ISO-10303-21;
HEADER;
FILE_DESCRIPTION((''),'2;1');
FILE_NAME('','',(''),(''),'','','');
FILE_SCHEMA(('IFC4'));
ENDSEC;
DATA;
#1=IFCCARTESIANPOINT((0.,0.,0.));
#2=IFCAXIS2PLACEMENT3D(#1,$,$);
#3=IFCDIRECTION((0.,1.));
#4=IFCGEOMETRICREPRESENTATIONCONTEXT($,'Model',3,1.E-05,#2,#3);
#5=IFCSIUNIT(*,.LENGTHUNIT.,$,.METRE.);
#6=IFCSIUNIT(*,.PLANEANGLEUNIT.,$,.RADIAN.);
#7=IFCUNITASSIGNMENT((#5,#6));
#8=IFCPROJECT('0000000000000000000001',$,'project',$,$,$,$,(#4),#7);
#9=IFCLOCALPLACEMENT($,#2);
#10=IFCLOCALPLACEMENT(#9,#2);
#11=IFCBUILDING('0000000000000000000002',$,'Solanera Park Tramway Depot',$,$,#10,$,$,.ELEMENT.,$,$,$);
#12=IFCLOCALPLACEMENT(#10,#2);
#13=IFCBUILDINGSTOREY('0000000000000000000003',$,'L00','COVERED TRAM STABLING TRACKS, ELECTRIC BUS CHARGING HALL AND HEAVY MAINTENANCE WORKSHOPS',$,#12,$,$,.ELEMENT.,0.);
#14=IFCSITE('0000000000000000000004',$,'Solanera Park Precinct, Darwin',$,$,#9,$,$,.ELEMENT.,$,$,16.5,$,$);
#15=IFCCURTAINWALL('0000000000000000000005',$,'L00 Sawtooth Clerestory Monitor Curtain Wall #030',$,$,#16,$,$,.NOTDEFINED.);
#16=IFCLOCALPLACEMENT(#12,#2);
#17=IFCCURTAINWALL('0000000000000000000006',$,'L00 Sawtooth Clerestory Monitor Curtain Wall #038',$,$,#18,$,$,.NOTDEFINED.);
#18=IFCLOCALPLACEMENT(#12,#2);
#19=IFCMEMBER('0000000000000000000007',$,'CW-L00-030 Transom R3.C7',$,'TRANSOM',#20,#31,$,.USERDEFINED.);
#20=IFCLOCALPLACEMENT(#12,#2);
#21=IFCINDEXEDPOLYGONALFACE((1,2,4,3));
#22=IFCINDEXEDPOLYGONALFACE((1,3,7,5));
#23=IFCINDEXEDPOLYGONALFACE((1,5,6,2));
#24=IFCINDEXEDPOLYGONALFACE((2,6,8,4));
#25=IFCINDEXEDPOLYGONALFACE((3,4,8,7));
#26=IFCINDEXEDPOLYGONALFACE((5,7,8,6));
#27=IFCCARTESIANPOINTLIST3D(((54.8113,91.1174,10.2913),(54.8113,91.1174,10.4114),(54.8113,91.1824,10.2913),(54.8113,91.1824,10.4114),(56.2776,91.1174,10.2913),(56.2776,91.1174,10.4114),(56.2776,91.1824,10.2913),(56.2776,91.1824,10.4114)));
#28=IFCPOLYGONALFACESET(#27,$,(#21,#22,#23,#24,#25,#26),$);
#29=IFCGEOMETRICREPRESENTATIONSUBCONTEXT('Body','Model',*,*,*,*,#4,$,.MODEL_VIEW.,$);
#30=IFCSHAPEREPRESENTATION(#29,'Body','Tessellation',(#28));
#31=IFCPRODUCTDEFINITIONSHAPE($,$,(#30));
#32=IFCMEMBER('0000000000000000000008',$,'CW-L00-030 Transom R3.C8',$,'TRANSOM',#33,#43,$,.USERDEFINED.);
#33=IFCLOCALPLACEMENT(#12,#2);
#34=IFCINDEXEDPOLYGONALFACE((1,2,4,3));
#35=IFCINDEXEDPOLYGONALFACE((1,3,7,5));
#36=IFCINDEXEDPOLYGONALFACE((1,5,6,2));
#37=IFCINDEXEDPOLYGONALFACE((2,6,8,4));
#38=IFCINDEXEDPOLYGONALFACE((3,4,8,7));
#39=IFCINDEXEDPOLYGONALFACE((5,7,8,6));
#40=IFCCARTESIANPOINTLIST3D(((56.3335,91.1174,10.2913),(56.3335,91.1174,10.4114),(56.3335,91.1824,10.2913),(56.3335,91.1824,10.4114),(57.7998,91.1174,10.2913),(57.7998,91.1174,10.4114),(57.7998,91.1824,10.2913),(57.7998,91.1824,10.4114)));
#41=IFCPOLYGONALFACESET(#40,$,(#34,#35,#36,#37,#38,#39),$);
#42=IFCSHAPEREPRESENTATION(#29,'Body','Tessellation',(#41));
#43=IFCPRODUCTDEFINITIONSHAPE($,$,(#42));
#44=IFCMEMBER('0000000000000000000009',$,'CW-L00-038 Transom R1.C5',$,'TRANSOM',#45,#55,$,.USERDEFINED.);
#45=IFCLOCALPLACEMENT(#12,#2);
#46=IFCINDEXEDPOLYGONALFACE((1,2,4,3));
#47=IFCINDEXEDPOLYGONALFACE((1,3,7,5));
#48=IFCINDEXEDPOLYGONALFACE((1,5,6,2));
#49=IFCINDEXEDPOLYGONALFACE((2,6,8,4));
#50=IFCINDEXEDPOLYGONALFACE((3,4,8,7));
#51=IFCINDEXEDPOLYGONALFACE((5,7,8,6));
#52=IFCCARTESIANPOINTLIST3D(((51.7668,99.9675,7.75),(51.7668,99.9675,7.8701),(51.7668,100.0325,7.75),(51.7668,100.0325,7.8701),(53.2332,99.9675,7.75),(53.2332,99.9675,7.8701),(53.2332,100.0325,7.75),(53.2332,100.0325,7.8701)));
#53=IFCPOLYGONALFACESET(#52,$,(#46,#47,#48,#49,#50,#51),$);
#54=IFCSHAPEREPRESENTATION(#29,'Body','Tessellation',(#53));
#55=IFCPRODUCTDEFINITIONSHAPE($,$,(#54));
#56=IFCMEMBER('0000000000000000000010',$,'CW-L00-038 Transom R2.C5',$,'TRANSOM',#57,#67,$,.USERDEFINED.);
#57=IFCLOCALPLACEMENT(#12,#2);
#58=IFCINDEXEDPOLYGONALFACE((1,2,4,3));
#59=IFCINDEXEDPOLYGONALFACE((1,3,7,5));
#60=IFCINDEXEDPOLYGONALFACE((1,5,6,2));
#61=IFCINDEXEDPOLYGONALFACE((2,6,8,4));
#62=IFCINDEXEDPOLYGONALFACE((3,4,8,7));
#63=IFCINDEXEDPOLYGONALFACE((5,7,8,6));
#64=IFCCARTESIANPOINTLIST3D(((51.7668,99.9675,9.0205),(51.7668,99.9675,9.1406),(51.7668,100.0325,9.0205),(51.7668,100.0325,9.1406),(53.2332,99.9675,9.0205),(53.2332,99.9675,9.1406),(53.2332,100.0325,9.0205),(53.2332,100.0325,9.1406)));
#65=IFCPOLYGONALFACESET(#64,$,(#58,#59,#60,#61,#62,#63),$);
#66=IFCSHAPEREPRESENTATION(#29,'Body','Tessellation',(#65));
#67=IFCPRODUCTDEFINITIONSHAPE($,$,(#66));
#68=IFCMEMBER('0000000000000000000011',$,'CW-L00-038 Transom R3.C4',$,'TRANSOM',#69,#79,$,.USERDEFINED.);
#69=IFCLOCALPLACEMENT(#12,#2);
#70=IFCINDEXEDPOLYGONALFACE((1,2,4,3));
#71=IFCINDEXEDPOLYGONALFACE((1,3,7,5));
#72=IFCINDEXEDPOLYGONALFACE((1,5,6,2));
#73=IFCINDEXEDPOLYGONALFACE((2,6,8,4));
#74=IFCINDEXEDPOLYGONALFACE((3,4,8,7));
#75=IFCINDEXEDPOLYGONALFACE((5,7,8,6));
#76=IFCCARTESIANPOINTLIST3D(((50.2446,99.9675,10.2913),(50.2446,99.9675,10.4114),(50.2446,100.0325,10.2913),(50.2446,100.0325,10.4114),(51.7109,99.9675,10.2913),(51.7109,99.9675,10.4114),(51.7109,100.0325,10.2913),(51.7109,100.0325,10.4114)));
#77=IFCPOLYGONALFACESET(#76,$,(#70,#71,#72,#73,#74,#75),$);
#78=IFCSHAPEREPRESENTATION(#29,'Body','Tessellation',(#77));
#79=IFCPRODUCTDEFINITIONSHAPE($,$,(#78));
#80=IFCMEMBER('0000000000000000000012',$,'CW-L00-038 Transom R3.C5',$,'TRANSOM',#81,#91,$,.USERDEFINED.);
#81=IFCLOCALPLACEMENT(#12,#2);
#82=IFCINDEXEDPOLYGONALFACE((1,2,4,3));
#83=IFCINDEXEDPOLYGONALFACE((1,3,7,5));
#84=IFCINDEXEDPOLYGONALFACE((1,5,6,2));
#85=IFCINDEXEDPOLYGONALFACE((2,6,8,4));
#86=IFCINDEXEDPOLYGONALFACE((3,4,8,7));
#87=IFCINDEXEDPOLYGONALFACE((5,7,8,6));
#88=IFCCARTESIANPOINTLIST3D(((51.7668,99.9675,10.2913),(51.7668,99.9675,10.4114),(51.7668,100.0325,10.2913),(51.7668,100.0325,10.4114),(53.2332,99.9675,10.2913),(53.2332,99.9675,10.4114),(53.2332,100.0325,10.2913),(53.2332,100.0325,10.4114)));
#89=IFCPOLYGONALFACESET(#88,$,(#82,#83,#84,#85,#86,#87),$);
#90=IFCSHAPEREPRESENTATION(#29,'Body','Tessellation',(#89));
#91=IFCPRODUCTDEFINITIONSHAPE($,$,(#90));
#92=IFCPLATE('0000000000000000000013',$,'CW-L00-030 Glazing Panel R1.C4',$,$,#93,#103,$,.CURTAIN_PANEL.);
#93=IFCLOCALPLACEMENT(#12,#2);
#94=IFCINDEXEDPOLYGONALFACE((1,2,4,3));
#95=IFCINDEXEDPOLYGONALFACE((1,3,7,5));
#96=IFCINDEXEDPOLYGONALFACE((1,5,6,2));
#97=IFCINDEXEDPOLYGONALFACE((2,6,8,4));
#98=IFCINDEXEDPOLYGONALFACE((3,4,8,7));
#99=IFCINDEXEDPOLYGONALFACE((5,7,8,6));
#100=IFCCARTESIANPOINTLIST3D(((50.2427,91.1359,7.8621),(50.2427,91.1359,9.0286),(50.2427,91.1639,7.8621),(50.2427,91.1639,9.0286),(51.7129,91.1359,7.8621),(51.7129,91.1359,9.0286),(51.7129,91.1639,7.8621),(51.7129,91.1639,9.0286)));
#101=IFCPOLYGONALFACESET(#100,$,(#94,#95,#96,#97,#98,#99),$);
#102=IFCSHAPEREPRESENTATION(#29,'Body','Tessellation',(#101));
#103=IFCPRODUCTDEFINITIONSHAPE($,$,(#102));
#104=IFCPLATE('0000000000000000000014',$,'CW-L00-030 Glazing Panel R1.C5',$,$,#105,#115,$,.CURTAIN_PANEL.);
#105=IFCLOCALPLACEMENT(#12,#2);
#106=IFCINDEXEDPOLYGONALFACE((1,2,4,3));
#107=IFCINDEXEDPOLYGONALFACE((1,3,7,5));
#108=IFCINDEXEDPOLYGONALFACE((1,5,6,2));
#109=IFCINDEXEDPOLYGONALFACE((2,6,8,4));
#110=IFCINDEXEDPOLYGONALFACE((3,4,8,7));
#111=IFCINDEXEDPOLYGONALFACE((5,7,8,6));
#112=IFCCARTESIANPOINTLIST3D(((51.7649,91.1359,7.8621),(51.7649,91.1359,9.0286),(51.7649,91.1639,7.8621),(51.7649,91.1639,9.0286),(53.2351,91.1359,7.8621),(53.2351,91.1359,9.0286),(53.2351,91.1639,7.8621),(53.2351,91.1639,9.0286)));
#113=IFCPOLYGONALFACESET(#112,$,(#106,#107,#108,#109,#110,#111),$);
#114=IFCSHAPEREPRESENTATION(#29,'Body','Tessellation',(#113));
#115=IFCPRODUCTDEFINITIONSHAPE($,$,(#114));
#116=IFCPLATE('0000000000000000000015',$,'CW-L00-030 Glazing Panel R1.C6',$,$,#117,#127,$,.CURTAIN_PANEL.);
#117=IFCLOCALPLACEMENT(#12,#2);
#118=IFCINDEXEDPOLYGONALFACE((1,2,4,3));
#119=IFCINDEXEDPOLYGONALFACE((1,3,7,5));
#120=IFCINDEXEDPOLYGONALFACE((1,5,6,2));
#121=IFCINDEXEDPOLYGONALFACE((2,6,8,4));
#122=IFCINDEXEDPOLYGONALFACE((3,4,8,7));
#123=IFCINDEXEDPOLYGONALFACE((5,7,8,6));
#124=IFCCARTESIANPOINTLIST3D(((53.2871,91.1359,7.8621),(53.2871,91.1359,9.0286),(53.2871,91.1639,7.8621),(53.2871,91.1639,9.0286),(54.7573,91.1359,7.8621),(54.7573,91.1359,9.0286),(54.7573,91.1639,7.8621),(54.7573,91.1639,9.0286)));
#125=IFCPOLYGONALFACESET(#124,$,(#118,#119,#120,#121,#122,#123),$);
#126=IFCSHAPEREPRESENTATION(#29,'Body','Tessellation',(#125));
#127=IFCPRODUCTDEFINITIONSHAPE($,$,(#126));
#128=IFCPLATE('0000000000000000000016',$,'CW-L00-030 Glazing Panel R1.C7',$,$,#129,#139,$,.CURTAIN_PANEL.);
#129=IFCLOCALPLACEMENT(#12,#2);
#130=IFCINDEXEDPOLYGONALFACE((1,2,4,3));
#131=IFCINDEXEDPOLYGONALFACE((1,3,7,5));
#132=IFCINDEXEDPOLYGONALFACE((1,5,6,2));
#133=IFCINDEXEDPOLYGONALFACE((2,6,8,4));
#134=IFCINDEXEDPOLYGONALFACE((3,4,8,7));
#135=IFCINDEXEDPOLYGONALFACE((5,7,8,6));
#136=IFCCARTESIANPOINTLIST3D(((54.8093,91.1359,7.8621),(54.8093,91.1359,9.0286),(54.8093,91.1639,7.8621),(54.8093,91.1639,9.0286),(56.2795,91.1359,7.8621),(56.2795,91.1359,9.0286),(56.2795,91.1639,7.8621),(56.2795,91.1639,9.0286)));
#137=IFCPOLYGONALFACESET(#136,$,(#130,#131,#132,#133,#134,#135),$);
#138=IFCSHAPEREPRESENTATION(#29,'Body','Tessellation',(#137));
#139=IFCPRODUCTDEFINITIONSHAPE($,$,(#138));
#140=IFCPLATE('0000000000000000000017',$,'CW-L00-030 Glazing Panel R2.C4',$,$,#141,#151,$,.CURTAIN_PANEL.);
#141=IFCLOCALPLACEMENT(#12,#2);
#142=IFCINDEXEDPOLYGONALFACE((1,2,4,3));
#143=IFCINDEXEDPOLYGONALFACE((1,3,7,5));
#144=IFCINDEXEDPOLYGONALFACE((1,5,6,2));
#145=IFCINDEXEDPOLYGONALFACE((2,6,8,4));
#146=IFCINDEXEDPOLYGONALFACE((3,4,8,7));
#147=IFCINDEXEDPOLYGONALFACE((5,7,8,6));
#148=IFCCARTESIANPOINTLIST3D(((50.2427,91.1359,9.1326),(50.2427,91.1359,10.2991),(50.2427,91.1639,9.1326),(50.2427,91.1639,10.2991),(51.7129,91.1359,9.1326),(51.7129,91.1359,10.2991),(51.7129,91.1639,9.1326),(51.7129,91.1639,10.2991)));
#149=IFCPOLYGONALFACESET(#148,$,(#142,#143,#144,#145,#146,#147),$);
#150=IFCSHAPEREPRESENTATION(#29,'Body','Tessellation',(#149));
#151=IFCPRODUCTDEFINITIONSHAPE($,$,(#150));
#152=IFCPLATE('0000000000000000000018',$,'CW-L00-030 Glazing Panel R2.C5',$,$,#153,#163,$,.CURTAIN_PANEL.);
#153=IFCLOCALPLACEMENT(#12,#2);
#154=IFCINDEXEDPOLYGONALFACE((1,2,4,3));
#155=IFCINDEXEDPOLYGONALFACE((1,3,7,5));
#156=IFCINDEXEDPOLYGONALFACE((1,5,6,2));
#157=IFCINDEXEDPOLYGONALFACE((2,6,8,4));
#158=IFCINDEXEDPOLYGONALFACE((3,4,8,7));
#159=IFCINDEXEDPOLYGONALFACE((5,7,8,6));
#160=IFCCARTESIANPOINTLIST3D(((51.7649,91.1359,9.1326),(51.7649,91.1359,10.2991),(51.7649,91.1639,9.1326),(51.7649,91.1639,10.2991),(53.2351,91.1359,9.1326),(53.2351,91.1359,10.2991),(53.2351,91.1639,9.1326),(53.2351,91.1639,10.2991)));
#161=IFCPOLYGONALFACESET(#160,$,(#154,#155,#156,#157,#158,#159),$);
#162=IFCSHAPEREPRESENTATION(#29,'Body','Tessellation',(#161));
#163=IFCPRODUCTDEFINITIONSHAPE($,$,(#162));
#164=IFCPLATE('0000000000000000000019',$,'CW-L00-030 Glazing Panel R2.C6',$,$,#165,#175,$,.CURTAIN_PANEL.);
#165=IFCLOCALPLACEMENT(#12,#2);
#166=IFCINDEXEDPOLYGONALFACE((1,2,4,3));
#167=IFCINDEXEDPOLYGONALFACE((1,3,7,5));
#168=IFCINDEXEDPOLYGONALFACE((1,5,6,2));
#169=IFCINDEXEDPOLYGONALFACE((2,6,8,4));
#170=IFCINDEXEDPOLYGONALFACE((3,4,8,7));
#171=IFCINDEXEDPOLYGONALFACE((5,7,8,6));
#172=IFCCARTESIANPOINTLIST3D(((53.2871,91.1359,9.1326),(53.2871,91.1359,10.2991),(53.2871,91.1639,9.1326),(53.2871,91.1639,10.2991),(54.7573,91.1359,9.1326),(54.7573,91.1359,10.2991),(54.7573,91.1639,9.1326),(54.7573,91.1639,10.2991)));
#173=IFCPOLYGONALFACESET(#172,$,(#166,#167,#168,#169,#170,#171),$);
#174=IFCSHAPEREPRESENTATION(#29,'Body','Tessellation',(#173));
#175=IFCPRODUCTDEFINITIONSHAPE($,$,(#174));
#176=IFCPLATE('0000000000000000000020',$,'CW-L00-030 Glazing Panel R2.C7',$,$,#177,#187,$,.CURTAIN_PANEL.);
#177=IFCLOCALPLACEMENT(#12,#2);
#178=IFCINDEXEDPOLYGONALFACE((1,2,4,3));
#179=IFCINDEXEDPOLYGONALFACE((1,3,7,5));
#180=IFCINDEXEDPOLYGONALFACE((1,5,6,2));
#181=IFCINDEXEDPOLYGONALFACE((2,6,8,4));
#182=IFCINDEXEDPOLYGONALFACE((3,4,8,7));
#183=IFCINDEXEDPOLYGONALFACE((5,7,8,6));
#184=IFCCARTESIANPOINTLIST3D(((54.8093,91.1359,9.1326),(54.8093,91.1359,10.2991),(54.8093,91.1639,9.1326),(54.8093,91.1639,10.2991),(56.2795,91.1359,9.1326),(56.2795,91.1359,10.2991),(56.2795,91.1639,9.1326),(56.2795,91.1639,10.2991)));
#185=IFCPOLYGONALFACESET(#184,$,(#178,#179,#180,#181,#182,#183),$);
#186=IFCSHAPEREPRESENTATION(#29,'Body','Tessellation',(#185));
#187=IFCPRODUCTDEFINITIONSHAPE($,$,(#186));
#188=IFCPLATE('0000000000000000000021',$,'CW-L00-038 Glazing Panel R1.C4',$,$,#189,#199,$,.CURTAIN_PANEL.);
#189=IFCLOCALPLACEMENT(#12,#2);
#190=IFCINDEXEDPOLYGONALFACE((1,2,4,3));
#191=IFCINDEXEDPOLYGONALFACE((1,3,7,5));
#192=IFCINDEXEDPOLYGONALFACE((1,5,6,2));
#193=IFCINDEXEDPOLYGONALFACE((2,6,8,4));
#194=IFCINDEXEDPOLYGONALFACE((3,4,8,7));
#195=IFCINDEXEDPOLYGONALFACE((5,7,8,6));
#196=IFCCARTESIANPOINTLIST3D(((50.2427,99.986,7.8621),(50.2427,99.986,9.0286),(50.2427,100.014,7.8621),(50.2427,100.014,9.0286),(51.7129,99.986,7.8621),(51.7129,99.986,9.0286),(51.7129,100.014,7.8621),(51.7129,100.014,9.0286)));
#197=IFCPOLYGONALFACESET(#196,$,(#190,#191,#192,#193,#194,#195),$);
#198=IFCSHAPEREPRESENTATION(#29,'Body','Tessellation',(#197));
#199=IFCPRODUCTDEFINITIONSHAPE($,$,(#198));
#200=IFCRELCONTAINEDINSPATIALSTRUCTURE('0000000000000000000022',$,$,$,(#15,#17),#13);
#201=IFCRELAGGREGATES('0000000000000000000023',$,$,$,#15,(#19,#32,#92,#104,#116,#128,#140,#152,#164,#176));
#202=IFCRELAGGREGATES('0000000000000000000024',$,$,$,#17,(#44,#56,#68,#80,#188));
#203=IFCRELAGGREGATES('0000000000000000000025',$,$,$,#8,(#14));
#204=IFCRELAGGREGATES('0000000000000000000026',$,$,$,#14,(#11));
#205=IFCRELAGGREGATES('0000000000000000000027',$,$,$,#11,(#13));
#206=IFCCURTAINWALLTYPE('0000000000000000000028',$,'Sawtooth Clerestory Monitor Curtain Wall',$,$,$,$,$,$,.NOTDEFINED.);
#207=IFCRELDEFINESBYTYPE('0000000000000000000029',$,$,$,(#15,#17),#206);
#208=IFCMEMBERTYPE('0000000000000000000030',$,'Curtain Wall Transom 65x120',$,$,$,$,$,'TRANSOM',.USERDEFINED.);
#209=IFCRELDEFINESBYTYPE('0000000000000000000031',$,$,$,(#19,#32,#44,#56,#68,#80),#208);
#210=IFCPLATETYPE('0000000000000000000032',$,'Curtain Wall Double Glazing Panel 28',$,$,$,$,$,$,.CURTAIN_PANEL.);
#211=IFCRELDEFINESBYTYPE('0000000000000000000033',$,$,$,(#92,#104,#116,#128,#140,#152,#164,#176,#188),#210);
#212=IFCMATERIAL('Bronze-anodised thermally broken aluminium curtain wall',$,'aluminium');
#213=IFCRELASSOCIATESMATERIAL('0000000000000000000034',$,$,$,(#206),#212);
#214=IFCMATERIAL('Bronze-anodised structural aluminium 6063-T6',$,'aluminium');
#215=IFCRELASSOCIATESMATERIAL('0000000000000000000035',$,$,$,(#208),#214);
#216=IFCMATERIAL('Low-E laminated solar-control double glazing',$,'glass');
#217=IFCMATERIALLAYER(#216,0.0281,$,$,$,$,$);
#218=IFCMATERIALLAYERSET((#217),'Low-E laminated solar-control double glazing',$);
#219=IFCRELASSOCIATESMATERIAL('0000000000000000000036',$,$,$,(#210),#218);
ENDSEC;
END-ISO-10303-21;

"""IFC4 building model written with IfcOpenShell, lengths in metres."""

from ifc_helpers import new_model, si_unit, direction, frame, origin, origin_2d, place, context, subcontext, project, spatial, rectangle, extrude, material, layer, layer_set, material_profile, profile_set, type_object, element, aggregate, save


model = new_model("IFC4")

# Units and contexts
model_context = context("Model", 3, precision=1e-05, world=origin(), true_north=direction((0.0, 1.0)))
body_context = subcontext(model_context, "Body", "Model", "MODEL_VIEW")
ifc_project = project(units=[si_unit("LENGTHUNIT", "METRE"), si_unit("PLANEANGLEUNIT", "RADIAN")], contexts=[model_context])

# Site, building, storey
site_placement = place(None, origin())
site = spatial("IfcSite", under=ifc_project, at=site_placement, Name="Solanera Park Precinct, Darwin", CompositionType="ELEMENT", RefElevation=16.5)
building_placement = place(site_placement, origin())
building = spatial("IfcBuilding", under=site, at=building_placement, Name="Solanera Park Tramway Depot", CompositionType="ELEMENT")
storey_placement = place(building_placement, origin())
storey = spatial("IfcBuildingStorey", under=building, at=storey_placement, Name="L00", Description="COVERED TRAM STABLING TRACKS, ELECTRIC BUS CHARGING HALL AND HEAVY MAINTENANCE WORKSHOPS", CompositionType="ELEMENT", Elevation=0.0)

# Curtain wall
ifc_material_1 = material(Name="Bronze-anodised thermally broken aluminium curtain wall", Category="aluminium")
curtain_wall_type = type_object("IfcCurtainWallType", Name="Sawtooth Clerestory Monitor Curtain Wall", PredefinedType="NOTDEFINED", material=ifc_material_1)
curtain_wall_1_placement = place(storey_placement, origin())
curtain_wall_1 = element("IfcCurtainWall", 1, at=curtain_wall_1_placement, inside=storey, type_object=curtain_wall_type, Name="L00 Sawtooth Clerestory Monitor Curtain Wall #030", PredefinedType="NOTDEFINED")

# Curtain wall
curtain_wall_2_placement = place(storey_placement, origin())
curtain_wall_2 = element("IfcCurtainWall", 2, at=curtain_wall_2_placement, inside=storey, type_object=curtain_wall_type, Name="L00 Sawtooth Clerestory Monitor Curtain Wall #038", PredefinedType="NOTDEFINED")

# Members
ifc_material_2 = material(Name="Bronze-anodised structural aluminium 6063-T6", Category="aluminium")
ifc_material_profile_1 = material_profile(ifc_material_2, rectangle(XDim=0.0649, YDim=0.1201, at=origin_2d()), Name="Curtain Wall Transom 65x120")
ifc_profile_set_1 = profile_set([ifc_material_profile_1], Name="Bronze-anodised structural aluminium 6063-T6")
member_type_1 = type_object("IfcMemberType", Name="Curtain Wall Transom 65x120", ElementType="TRANSOM", PredefinedType="USERDEFINED", material=ifc_profile_set_1)
member_1_placement = place(storey_placement, frame((54.8113, 91.1499, 10.3513), z_axis=(1.0, 0.0, 0.0), x_axis=(0.0, 1.0, 0.0)))
member_1 = element("IfcMember", 3, at=member_1_placement, type_object=member_type_1, Name="CW-L00-030 Transom R3.C7", ObjectType="TRANSOM", PredefinedType="USERDEFINED", context=body_context, shape_type="SweptSolid", body=[
    extrude(rectangle(XDim=0.0649, YDim=0.1201, at=origin_2d()), origin(), (0.0, 0.0, 1.0), 1.4663),
])
member_2_placement = place(storey_placement, frame((56.3335, 91.1499, 10.3513), z_axis=(1.0, 0.0, 0.0), x_axis=(0.0, 1.0, 0.0)))
member_2 = element("IfcMember", 4, at=member_2_placement, type_object=member_type_1, Name="CW-L00-030 Transom R3.C8", ObjectType="TRANSOM", PredefinedType="USERDEFINED", context=body_context, shape_type="SweptSolid", body=[
    extrude(rectangle(XDim=0.0649, YDim=0.1201, at=origin_2d()), origin(), (0.0, 0.0, 1.0), 1.4663),
])
member_3_placement = place(storey_placement, frame((51.7668, 100.0, 7.8101), z_axis=(1.0, 0.0, 0.0), x_axis=(0.0, 1.0, 0.0)))
member_3 = element("IfcMember", 5, at=member_3_placement, type_object=member_type_1, Name="CW-L00-038 Transom R1.C5", ObjectType="TRANSOM", PredefinedType="USERDEFINED", context=body_context, shape_type="SweptSolid", body=[
    extrude(rectangle(XDim=0.0649, YDim=0.1201, at=origin_2d()), origin(), (0.0, 0.0, 1.0), 1.4663),
])
member_4_placement = place(storey_placement, frame((51.7668, 100.0, 9.0806), z_axis=(1.0, 0.0, 0.0), x_axis=(0.0, 1.0, 0.0)))
member_4 = element("IfcMember", 6, at=member_4_placement, type_object=member_type_1, Name="CW-L00-038 Transom R2.C5", ObjectType="TRANSOM", PredefinedType="USERDEFINED", context=body_context, shape_type="SweptSolid", body=[
    extrude(rectangle(XDim=0.0649, YDim=0.1201, at=origin_2d()), origin(), (0.0, 0.0, 1.0), 1.4663),
])
member_5_placement = place(storey_placement, frame((50.2446, 100.0, 10.3513), z_axis=(1.0, 0.0, 0.0), x_axis=(0.0, 1.0, 0.0)))
member_5 = element("IfcMember", 7, at=member_5_placement, type_object=member_type_1, Name="CW-L00-038 Transom R3.C4", ObjectType="TRANSOM", PredefinedType="USERDEFINED", context=body_context, shape_type="SweptSolid", body=[
    extrude(rectangle(XDim=0.0649, YDim=0.1201, at=origin_2d()), origin(), (0.0, 0.0, 1.0), 1.4663),
])
member_6_placement = place(storey_placement, frame((51.7668, 100.0, 10.3513), z_axis=(1.0, 0.0, 0.0), x_axis=(0.0, 1.0, 0.0)))
member_6 = element("IfcMember", 8, at=member_6_placement, type_object=member_type_1, Name="CW-L00-038 Transom R3.C5", ObjectType="TRANSOM", PredefinedType="USERDEFINED", context=body_context, shape_type="SweptSolid", body=[
    extrude(rectangle(XDim=0.0649, YDim=0.1201, at=origin_2d()), origin(), (0.0, 0.0, 1.0), 1.4663),
])

# Plates
ifc_material_3 = material(Name="Low-E laminated solar-control double glazing", Category="glass")
ifc_layer = layer(ifc_material_3, 0.0281)
ifc_layer_set = layer_set([ifc_layer], Name="Low-E laminated solar-control double glazing")
plate_type = type_object("IfcPlateType", Name="Curtain Wall Double Glazing Panel 28", PredefinedType="CURTAIN_PANEL", material=ifc_layer_set)
plate_1_placement = place(storey_placement, frame((50.9778, 91.1499, 7.8621), z_axis=(0.0, 0.0, 1.0), x_axis=(1.0, 0.0, 0.0)))
plate_1 = element("IfcPlate", 9, at=plate_1_placement, type_object=plate_type, Name="CW-L00-030 Glazing Panel R1.C4", PredefinedType="CURTAIN_PANEL", context=body_context, shape_type="SweptSolid", body=[
    extrude(rectangle(XDim=1.4702, YDim=0.0281, at=origin_2d()), origin(), (0.0, 0.0, 1.0), 1.1665),
])
plate_2_placement = place(storey_placement, frame((52.5, 91.1499, 7.8621), z_axis=(0.0, 0.0, 1.0), x_axis=(1.0, 0.0, 0.0)))
plate_2 = element("IfcPlate", 10, at=plate_2_placement, type_object=plate_type, Name="CW-L00-030 Glazing Panel R1.C5", PredefinedType="CURTAIN_PANEL", context=body_context, shape_type="SweptSolid", body=[
    extrude(rectangle(XDim=1.4702, YDim=0.0281, at=origin_2d()), origin(), (0.0, 0.0, 1.0), 1.1665),
])
plate_3_placement = place(storey_placement, frame((54.0222, 91.1499, 7.8621), z_axis=(0.0, 0.0, 1.0), x_axis=(1.0, 0.0, 0.0)))
plate_3 = element("IfcPlate", 11, at=plate_3_placement, type_object=plate_type, Name="CW-L00-030 Glazing Panel R1.C6", PredefinedType="CURTAIN_PANEL", context=body_context, shape_type="SweptSolid", body=[
    extrude(rectangle(XDim=1.4702, YDim=0.0281, at=origin_2d()), origin(), (0.0, 0.0, 1.0), 1.1665),
])
plate_4_placement = place(storey_placement, frame((55.5444, 91.1499, 7.8621), z_axis=(0.0, 0.0, 1.0), x_axis=(1.0, 0.0, 0.0)))
plate_4 = element("IfcPlate", 12, at=plate_4_placement, type_object=plate_type, Name="CW-L00-030 Glazing Panel R1.C7", PredefinedType="CURTAIN_PANEL", context=body_context, shape_type="SweptSolid", body=[
    extrude(rectangle(XDim=1.4702, YDim=0.0281, at=origin_2d()), origin(), (0.0, 0.0, 1.0), 1.1665),
])
plate_5_placement = place(storey_placement, frame((50.9778, 91.1499, 9.1326), z_axis=(0.0, 0.0, 1.0), x_axis=(1.0, 0.0, 0.0)))
plate_5 = element("IfcPlate", 13, at=plate_5_placement, type_object=plate_type, Name="CW-L00-030 Glazing Panel R2.C4", PredefinedType="CURTAIN_PANEL", context=body_context, shape_type="SweptSolid", body=[
    extrude(rectangle(XDim=1.4702, YDim=0.0281, at=origin_2d()), origin(), (0.0, 0.0, 1.0), 1.1665),
])
plate_6_placement = place(storey_placement, frame((52.5, 91.1499, 9.1326), z_axis=(0.0, 0.0, 1.0), x_axis=(1.0, 0.0, 0.0)))
plate_6 = element("IfcPlate", 14, at=plate_6_placement, type_object=plate_type, Name="CW-L00-030 Glazing Panel R2.C5", PredefinedType="CURTAIN_PANEL", context=body_context, shape_type="SweptSolid", body=[
    extrude(rectangle(XDim=1.4702, YDim=0.0281, at=origin_2d()), origin(), (0.0, 0.0, 1.0), 1.1665),
])
plate_7_placement = place(storey_placement, frame((54.0222, 91.1499, 9.1326), z_axis=(0.0, 0.0, 1.0), x_axis=(1.0, 0.0, 0.0)))
plate_7 = element("IfcPlate", 15, at=plate_7_placement, type_object=plate_type, Name="CW-L00-030 Glazing Panel R2.C6", PredefinedType="CURTAIN_PANEL", context=body_context, shape_type="SweptSolid", body=[
    extrude(rectangle(XDim=1.4702, YDim=0.0281, at=origin_2d()), origin(), (0.0, 0.0, 1.0), 1.1665),
])
plate_8_placement = place(storey_placement, frame((55.5444, 91.1499, 9.1326), z_axis=(0.0, 0.0, 1.0), x_axis=(1.0, 0.0, 0.0)))
plate_8 = element("IfcPlate", 16, at=plate_8_placement, type_object=plate_type, Name="CW-L00-030 Glazing Panel R2.C7", PredefinedType="CURTAIN_PANEL", context=body_context, shape_type="SweptSolid", body=[
    extrude(rectangle(XDim=1.4702, YDim=0.0281, at=origin_2d()), origin(), (0.0, 0.0, 1.0), 1.1665),
])
aggregate(curtain_wall_1, [member_1, member_2, plate_1, plate_2, plate_3, plate_4, plate_5, plate_6, plate_7, plate_8])
plate_9_placement = place(storey_placement, frame((50.9778, 100.0, 7.8621), z_axis=(0.0, 0.0, 1.0), x_axis=(1.0, 0.0, 0.0)))
plate_9 = element("IfcPlate", 17, at=plate_9_placement, type_object=plate_type, Name="CW-L00-038 Glazing Panel R1.C4", PredefinedType="CURTAIN_PANEL", context=body_context, shape_type="SweptSolid", body=[
    extrude(rectangle(XDim=1.4702, YDim=0.0281, at=origin_2d()), origin(), (0.0, 0.0, 1.0), 1.1665),
])
aggregate(curtain_wall_2, [member_3, member_4, member_5, member_6, plate_9])

save(model, "model.ifc")
